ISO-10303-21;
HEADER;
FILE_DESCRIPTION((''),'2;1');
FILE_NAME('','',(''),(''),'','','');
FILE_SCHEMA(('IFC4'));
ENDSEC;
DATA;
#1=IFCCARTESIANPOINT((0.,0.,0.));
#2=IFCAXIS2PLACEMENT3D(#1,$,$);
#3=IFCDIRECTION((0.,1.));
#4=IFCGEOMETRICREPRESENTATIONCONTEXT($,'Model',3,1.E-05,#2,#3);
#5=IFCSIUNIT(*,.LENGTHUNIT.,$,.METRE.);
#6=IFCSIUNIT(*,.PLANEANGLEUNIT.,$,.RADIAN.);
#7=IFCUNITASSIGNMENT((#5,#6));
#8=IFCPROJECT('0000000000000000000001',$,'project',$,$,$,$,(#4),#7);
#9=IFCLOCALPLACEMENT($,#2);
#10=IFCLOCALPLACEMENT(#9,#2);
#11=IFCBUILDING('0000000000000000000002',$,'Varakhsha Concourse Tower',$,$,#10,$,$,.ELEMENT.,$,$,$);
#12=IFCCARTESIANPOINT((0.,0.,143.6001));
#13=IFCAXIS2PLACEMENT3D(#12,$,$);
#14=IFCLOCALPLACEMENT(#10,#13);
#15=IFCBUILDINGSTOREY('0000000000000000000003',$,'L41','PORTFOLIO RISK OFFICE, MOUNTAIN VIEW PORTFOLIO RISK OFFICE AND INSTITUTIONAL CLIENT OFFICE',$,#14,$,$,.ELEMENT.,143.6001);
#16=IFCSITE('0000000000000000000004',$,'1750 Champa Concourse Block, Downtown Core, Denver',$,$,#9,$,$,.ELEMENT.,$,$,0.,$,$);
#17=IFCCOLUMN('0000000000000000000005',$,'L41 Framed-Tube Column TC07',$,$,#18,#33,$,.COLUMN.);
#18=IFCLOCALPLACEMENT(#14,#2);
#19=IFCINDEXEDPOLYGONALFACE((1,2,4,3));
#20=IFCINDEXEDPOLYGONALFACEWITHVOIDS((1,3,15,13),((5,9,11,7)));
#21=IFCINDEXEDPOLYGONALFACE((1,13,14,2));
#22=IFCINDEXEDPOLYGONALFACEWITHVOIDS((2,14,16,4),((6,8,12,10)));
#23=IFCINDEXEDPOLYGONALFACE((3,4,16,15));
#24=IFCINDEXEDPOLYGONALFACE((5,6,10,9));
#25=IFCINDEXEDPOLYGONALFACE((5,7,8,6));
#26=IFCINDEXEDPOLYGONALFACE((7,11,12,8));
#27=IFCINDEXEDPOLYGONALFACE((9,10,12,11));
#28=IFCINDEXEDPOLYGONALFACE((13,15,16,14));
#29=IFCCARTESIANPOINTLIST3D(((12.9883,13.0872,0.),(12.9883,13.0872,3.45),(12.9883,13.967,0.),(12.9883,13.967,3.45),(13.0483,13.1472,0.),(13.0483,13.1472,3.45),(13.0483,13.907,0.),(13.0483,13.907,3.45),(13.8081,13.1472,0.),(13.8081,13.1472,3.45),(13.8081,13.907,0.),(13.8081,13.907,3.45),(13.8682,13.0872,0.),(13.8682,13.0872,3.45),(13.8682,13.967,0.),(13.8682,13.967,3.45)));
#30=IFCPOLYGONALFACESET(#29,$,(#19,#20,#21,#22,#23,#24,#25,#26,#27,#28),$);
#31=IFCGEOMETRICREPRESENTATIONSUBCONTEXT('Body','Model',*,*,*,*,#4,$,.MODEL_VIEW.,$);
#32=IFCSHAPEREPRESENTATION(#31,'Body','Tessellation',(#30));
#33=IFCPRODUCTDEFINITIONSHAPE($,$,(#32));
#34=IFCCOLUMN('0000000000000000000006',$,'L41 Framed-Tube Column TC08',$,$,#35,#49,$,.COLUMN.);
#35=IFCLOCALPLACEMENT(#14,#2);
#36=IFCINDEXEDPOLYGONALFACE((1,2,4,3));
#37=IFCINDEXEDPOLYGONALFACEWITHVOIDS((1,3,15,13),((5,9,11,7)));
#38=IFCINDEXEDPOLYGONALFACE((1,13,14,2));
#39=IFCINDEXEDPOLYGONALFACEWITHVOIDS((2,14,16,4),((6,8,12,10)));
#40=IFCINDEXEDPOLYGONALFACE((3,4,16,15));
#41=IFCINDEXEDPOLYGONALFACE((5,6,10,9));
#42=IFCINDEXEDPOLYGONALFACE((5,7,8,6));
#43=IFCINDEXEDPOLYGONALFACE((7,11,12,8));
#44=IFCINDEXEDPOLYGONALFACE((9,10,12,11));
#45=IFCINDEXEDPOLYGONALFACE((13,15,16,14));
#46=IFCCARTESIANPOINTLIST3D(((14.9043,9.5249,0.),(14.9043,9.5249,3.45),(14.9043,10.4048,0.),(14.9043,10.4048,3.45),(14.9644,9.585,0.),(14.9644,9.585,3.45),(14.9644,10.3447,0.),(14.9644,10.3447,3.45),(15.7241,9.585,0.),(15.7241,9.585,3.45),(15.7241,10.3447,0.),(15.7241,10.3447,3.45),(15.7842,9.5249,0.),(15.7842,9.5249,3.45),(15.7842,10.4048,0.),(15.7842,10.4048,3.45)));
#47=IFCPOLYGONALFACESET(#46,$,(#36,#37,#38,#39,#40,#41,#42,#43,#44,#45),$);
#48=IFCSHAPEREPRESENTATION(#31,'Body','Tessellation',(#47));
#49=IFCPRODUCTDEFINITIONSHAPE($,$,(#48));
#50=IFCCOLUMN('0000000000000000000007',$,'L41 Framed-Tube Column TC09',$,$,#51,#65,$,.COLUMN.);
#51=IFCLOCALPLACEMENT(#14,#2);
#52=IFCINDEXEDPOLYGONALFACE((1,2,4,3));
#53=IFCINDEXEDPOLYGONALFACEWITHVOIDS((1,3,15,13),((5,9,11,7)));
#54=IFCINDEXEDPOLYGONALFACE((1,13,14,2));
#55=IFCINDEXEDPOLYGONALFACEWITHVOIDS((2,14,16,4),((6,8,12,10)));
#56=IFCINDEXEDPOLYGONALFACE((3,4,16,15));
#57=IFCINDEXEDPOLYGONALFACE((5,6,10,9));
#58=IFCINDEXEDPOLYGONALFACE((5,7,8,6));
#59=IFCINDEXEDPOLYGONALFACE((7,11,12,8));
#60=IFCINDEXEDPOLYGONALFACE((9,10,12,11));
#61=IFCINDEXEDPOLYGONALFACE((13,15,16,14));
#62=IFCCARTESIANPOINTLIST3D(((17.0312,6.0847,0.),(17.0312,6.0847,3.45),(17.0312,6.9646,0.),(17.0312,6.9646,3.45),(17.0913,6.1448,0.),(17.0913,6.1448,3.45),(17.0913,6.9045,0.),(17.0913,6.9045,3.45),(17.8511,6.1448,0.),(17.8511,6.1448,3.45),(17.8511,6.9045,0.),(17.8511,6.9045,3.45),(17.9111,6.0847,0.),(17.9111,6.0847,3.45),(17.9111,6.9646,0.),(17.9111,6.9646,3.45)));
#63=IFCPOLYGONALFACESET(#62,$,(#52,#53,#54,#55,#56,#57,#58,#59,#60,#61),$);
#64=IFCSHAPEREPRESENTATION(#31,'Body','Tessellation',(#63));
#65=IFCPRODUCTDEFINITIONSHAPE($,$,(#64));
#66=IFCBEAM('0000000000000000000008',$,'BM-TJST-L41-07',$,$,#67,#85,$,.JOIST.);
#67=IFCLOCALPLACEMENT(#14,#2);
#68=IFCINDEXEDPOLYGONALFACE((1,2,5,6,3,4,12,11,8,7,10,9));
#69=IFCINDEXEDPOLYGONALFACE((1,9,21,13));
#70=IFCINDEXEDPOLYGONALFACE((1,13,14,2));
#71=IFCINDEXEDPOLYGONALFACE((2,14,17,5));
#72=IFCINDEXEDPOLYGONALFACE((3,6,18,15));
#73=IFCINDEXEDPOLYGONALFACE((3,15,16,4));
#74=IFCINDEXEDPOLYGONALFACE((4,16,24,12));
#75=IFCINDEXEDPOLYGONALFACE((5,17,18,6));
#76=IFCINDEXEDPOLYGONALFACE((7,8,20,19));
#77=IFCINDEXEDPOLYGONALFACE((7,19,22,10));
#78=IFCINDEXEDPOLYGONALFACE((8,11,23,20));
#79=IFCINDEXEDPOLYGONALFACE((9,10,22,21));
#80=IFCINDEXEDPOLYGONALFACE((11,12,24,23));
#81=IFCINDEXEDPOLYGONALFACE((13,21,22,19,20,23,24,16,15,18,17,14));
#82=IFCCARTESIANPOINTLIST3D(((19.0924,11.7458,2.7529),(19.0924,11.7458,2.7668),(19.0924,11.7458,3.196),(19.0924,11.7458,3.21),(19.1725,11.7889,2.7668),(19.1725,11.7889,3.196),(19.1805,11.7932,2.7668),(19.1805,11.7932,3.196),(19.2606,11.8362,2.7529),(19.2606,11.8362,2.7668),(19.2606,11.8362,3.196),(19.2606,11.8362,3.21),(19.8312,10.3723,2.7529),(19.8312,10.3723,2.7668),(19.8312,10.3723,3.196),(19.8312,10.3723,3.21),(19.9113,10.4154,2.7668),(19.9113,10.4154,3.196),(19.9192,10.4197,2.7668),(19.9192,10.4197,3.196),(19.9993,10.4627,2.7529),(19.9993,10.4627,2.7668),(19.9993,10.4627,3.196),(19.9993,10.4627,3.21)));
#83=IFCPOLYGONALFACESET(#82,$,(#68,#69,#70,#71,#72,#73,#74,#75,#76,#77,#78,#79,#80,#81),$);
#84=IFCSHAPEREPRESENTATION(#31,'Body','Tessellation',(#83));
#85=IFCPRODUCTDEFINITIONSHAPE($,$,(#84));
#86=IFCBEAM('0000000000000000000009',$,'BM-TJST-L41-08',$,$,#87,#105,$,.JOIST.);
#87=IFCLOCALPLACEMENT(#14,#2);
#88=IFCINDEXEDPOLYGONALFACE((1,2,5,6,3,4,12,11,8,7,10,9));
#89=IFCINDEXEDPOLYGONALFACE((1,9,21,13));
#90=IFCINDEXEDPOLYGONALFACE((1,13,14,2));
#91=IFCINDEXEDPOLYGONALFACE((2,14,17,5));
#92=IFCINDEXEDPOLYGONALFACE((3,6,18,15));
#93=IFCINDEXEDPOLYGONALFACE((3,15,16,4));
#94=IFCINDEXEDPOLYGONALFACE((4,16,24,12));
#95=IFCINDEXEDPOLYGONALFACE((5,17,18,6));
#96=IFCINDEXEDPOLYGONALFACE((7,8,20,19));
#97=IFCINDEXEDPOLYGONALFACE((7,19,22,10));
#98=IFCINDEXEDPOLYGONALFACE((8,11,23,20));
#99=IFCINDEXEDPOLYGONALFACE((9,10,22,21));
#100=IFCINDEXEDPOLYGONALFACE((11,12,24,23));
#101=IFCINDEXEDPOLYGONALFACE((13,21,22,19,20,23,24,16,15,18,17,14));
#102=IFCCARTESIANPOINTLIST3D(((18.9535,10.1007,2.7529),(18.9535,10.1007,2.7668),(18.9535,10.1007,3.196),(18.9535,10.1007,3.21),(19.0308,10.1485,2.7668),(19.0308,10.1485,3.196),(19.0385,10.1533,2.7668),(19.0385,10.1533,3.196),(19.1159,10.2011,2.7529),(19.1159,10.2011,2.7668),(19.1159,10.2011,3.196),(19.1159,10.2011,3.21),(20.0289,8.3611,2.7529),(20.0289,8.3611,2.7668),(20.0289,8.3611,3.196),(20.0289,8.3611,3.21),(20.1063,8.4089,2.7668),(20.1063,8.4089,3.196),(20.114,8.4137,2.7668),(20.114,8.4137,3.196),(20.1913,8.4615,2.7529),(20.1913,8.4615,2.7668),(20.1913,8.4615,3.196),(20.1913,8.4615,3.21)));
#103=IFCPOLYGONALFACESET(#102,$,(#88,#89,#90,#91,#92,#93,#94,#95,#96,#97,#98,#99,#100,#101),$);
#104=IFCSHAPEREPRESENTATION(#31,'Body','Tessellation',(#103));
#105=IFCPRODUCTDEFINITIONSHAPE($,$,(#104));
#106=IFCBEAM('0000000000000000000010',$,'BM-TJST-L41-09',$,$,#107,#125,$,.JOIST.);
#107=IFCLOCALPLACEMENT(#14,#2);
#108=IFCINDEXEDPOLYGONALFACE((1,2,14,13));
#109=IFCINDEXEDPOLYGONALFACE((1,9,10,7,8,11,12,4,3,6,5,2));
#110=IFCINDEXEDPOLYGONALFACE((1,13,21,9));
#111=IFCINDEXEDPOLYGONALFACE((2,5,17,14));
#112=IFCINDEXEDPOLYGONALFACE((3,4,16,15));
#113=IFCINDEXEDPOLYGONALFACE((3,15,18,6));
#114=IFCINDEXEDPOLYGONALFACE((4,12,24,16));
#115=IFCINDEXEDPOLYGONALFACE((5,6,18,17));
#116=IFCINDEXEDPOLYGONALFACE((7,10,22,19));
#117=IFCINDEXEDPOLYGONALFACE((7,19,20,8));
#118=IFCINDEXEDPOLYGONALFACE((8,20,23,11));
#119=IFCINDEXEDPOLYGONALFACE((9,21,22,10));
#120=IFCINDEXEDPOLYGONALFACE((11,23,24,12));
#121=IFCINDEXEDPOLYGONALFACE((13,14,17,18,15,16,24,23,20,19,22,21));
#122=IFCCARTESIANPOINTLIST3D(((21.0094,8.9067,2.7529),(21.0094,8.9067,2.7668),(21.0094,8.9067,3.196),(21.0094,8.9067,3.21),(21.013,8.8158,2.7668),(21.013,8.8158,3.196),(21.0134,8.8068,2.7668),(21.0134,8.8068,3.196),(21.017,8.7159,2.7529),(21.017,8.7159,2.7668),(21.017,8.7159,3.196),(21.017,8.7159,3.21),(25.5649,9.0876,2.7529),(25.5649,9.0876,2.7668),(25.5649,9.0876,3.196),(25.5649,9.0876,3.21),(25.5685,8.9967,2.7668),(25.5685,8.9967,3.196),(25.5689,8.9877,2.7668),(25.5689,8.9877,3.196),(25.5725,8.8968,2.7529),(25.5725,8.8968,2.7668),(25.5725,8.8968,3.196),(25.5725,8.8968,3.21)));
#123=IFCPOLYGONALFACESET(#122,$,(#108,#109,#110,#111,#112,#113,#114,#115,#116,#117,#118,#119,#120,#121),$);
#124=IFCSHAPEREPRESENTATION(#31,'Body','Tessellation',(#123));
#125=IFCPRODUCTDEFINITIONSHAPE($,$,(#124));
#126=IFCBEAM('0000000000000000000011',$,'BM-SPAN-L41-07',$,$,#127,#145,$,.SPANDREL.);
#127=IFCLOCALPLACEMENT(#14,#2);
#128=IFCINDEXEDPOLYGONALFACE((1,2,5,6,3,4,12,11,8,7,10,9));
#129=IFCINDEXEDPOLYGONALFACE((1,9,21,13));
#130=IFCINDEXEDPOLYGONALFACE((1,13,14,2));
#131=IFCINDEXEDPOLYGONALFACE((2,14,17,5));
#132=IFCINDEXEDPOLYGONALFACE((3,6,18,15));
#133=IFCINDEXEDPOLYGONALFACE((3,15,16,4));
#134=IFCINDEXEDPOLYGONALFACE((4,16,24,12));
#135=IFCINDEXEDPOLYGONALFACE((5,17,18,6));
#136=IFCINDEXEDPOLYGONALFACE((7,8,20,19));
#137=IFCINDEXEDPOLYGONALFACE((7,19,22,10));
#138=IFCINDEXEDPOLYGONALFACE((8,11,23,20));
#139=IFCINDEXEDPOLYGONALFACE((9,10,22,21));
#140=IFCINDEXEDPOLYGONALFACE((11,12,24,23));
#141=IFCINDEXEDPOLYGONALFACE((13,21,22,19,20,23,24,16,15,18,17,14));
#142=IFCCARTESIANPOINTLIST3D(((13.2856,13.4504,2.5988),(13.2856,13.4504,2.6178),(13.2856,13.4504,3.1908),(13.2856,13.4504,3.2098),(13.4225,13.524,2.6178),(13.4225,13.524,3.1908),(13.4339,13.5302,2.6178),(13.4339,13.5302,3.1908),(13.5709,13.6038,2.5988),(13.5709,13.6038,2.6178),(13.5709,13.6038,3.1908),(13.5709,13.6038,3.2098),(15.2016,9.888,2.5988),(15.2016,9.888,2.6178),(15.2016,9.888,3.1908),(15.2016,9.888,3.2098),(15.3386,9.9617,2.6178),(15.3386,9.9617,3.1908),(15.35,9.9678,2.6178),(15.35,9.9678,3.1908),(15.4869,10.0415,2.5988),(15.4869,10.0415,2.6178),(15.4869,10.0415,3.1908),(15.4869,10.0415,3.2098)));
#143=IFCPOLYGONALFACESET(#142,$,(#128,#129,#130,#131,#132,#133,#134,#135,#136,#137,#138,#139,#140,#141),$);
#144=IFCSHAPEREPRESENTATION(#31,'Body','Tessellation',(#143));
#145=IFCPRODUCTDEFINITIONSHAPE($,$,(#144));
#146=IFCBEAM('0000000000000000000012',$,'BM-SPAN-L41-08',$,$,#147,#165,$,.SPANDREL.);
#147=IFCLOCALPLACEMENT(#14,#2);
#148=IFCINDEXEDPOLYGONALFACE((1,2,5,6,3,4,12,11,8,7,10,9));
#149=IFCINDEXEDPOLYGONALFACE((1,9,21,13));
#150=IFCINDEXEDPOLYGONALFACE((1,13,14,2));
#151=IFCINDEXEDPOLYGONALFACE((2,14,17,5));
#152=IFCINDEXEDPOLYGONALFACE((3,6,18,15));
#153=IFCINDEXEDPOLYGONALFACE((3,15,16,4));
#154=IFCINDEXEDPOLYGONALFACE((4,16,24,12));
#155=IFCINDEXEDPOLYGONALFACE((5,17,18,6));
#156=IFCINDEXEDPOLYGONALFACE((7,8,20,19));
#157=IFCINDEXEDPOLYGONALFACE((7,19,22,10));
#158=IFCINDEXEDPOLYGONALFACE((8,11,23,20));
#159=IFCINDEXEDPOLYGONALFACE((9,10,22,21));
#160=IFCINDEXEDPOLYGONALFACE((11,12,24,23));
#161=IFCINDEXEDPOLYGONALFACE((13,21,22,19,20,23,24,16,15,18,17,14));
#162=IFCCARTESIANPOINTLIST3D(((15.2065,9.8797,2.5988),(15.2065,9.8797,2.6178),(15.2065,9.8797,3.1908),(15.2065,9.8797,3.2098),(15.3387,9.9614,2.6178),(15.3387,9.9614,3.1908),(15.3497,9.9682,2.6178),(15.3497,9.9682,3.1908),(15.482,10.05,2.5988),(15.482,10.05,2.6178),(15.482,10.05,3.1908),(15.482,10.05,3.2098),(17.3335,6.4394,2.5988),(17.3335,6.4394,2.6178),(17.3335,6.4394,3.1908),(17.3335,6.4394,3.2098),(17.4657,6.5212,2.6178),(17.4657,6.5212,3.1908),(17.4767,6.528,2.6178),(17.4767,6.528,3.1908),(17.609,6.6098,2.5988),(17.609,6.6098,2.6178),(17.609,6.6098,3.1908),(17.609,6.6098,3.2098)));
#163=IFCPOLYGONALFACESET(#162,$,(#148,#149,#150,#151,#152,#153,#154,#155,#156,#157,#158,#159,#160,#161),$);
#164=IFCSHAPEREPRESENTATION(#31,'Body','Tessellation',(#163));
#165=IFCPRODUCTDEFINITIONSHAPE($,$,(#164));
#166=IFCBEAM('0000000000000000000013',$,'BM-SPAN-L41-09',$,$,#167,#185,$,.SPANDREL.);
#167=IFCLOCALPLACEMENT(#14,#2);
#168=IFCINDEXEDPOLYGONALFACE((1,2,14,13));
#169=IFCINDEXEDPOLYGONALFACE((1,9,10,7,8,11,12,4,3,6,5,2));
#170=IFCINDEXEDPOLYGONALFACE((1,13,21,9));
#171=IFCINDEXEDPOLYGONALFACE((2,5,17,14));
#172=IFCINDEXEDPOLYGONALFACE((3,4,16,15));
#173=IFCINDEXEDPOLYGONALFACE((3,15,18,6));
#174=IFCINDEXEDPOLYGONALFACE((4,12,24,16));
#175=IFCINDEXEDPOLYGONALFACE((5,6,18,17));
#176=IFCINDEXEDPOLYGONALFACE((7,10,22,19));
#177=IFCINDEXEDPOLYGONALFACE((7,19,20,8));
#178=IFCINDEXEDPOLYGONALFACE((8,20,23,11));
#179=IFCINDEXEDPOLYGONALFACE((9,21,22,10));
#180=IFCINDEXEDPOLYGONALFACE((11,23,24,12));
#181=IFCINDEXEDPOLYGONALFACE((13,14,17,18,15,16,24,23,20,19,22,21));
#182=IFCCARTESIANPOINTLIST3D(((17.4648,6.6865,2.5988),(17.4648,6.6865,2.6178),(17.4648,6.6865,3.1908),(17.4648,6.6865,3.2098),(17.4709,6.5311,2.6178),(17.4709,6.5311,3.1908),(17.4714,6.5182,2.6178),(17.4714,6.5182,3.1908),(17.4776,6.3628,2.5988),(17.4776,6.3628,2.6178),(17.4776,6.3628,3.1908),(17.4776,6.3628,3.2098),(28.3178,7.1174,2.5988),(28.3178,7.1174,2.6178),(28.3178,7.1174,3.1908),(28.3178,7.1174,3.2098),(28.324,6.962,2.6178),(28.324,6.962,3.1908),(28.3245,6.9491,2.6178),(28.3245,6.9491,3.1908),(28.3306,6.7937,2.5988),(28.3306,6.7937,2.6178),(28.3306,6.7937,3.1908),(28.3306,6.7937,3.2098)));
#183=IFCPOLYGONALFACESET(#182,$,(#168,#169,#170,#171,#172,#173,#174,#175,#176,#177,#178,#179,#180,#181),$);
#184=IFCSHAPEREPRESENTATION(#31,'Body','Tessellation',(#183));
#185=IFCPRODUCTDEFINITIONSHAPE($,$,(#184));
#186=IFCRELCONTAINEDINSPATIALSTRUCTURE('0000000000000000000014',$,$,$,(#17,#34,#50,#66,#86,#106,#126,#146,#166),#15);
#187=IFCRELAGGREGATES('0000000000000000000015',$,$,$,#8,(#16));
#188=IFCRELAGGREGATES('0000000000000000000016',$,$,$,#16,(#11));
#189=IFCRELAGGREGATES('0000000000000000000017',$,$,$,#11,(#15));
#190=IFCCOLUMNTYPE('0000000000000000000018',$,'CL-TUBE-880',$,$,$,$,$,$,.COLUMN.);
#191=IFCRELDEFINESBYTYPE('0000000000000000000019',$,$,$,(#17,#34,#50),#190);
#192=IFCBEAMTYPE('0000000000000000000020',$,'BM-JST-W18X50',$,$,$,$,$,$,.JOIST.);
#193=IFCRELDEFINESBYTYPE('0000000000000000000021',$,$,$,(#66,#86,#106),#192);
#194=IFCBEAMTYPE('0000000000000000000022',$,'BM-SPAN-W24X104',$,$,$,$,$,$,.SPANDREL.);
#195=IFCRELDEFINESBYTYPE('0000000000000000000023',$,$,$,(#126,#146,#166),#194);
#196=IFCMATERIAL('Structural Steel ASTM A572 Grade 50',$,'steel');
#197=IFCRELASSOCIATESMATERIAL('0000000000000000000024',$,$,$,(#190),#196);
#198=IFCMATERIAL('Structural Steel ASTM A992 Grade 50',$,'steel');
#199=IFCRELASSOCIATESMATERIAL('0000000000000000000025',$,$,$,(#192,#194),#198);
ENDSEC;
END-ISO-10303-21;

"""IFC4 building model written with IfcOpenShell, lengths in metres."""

from ifc_helpers import new_model, si_unit, direction, frame, origin, origin_2d, place, context, subcontext, project, spatial, hollow_rectangle, i_section, extrude, material, material_profile, profile_set, type_object, element, save


model = new_model("IFC4")

# Units and contexts
model_context = context("Model", 3, precision=1e-05, world=origin(), true_north=direction((0.0, 1.0)))
body_context = subcontext(model_context, "Body", "Model", "MODEL_VIEW")
ifc_project = project(units=[si_unit("LENGTHUNIT", "METRE"), si_unit("PLANEANGLEUNIT", "RADIAN")], contexts=[model_context])

# Site, building, storey
site_placement = place(None, origin())
site = spatial("IfcSite", under=ifc_project, at=site_placement, Name="1750 Champa Concourse Block, Downtown Core, Denver", CompositionType="ELEMENT", RefElevation=0.0)
building_placement = place(site_placement, origin())
building = spatial("IfcBuilding", under=site, at=building_placement, Name="Varakhsha Concourse Tower", CompositionType="ELEMENT")
storey_placement = place(building_placement, frame((0.0, 0.0, 143.6001)))
storey = spatial("IfcBuildingStorey", under=building, at=storey_placement, Name="L41", Description="PORTFOLIO RISK OFFICE, MOUNTAIN VIEW PORTFOLIO RISK OFFICE AND INSTITUTIONAL CLIENT OFFICE", CompositionType="ELEMENT", Elevation=143.6001)

# Columns
ifc_material_1 = material(Name="Structural Steel ASTM A572 Grade 50", Category="steel")
ifc_material_profile_1 = material_profile(ifc_material_1, hollow_rectangle(XDim=0.8799, YDim=0.8799, WallThickness=0.0601, at=origin_2d()), Name="BOX 880x880x60")
ifc_profile_set_1 = profile_set([ifc_material_profile_1], Name="Structural Steel ASTM A572 Grade 50")
column_type = type_object("IfcColumnType", Name="CL-TUBE-880", PredefinedType="COLUMN", material=ifc_profile_set_1)
for number, where, z_axis, x_axis, name in (
    (1, (13.4282, 13.5271, 0.0), (0.0, 0.0, 1.0), (1.0, 0.0, 0.0), "L41 Framed-Tube Column TC07"),
    (2, (15.3442, 9.9648, 0.0), (0.0, 0.0, 1.0), (1.0, 0.0, 0.0), "L41 Framed-Tube Column TC08"),
    (3, (17.4712, 6.5247, 0.0), (0.0, 0.0, 1.0), (1.0, 0.0, 0.0), "L41 Framed-Tube Column TC09"),
):
    element("IfcColumn", number, at=place(storey_placement, frame(where, z_axis=z_axis, x_axis=x_axis)), inside=storey, type_object=column_type, Name=name, PredefinedType="COLUMN", context=body_context, shape_type="SweptSolid", body=[
        extrude(hollow_rectangle(XDim=0.8799, YDim=0.8799, WallThickness=0.0601, at=origin_2d()), origin(), (0.0, 0.0, 1.0), 3.45),
    ])

# Beams
ifc_material_2 = material(Name="Structural Steel ASTM A992 Grade 50", Category="steel")
ifc_material_profile_2 = material_profile(ifc_material_2, i_section(OverallWidth=0.1909, OverallDepth=0.457, WebThickness=0.009, FlangeThickness=0.0139, at=origin_2d()), Name="W18X50")
ifc_profile_set_2 = profile_set([ifc_material_profile_2], Name="Structural Steel ASTM A992 Grade 50")
beam_type_1 = type_object("IfcBeamType", Name="BM-JST-W18X50", PredefinedType="JOIST", material=ifc_profile_set_2)
beam_1_placement = place(storey_placement, frame((19.1765, 11.791, 2.9814), z_axis=(0.473689, -0.880692, 0.0), x_axis=(0.880692, 0.473689, 0.0)))
element("IfcBeam", 4, at=beam_1_placement, inside=storey, type_object=beam_type_1, Name="BM-TJST-L41-07", PredefinedType="JOIST", context=body_context, shape_type="SweptSolid", body=[
    extrude(i_section(OverallWidth=0.1909, OverallDepth=0.457, WebThickness=0.009, FlangeThickness=0.0139, at=origin_2d()), origin(), (0.0, 0.0, 1.0), 1.5596),
])
beam_2_placement = place(storey_placement, frame((19.0347, 10.1509, 2.9814), z_axis=(0.525861, -0.85057, 0.0), x_axis=(0.85057, 0.525861, 0.0)))
element("IfcBeam", 5, at=beam_2_placement, inside=storey, type_object=beam_type_1, Name="BM-TJST-L41-08", PredefinedType="JOIST", context=body_context, shape_type="SweptSolid", body=[
    extrude(i_section(OverallWidth=0.1909, OverallDepth=0.457, WebThickness=0.009, FlangeThickness=0.0139, at=origin_2d()), origin(), (0.0, 0.0, 1.0), 2.0452),
])
beam_3_placement = place(storey_placement, frame((21.0132, 8.8113, 2.9814), z_axis=(0.999212, 0.039681, 0.0), x_axis=(-0.039681, 0.999212, 0.0)))
element("IfcBeam", 6, at=beam_3_placement, inside=storey, type_object=beam_type_1, Name="BM-TJST-L41-09", PredefinedType="JOIST", context=body_context, shape_type="SweptSolid", body=[
    extrude(i_section(OverallWidth=0.1909, OverallDepth=0.457, WebThickness=0.009, FlangeThickness=0.0139, at=origin_2d()), origin(), (0.0, 0.0, 1.0), 4.5591),
])
ifc_material_profile_3 = material_profile(ifc_material_2, i_section(OverallWidth=0.324, OverallDepth=0.6111, WebThickness=0.0129, FlangeThickness=0.019, at=origin_2d()), Name="W24X104")
ifc_profile_set_3 = profile_set([ifc_material_profile_3], Name="Structural Steel ASTM A992 Grade 50")
beam_type_2 = type_object("IfcBeamType", Name="BM-SPAN-W24X104", PredefinedType="SPANDREL", material=ifc_profile_set_3)
beam_4_placement = place(storey_placement, frame((13.4282, 13.5271, 2.9043), z_axis=(0.473693, -0.88069, 0.0), x_axis=(0.88069, 0.473693, 0.0)))
element("IfcBeam", 7, at=beam_4_placement, inside=storey, type_object=beam_type_2, Name="BM-SPAN-L41-07", PredefinedType="SPANDREL", context=body_context, shape_type="SweptSolid", body=[
    extrude(i_section(OverallWidth=0.324, OverallDepth=0.6111, WebThickness=0.0129, FlangeThickness=0.019, at=origin_2d()), origin(), (0.0, 0.0, 1.0), 4.0449),
])
beam_5_placement = place(storey_placement, frame((15.3442, 9.9648, 2.9043), z_axis=(0.525875, -0.850562, 0.0), x_axis=(0.850562, 0.525875, 0.0)))
element("IfcBeam", 8, at=beam_5_placement, inside=storey, type_object=beam_type_2, Name="BM-SPAN-L41-08", PredefinedType="SPANDREL", context=body_context, shape_type="SweptSolid", body=[
    extrude(i_section(OverallWidth=0.324, OverallDepth=0.6111, WebThickness=0.0129, FlangeThickness=0.019, at=origin_2d()), origin(), (0.0, 0.0, 1.0), 4.0447),
])
beam_6_placement = place(storey_placement, frame((17.4712, 6.5247, 2.9043), z_axis=(0.999213, 0.039673, 0.0), x_axis=(-0.039673, 0.999213, 0.0)))
element("IfcBeam", 9, at=beam_6_placement, inside=storey, type_object=beam_type_2, Name="BM-SPAN-L41-09", PredefinedType="SPANDREL", context=body_context, shape_type="SweptSolid", body=[
    extrude(i_section(OverallWidth=0.324, OverallDepth=0.6111, WebThickness=0.0129, FlangeThickness=0.019, at=origin_2d()), origin(), (0.0, 0.0, 1.0), 10.8616),
])

save(model, "model.ifc")
